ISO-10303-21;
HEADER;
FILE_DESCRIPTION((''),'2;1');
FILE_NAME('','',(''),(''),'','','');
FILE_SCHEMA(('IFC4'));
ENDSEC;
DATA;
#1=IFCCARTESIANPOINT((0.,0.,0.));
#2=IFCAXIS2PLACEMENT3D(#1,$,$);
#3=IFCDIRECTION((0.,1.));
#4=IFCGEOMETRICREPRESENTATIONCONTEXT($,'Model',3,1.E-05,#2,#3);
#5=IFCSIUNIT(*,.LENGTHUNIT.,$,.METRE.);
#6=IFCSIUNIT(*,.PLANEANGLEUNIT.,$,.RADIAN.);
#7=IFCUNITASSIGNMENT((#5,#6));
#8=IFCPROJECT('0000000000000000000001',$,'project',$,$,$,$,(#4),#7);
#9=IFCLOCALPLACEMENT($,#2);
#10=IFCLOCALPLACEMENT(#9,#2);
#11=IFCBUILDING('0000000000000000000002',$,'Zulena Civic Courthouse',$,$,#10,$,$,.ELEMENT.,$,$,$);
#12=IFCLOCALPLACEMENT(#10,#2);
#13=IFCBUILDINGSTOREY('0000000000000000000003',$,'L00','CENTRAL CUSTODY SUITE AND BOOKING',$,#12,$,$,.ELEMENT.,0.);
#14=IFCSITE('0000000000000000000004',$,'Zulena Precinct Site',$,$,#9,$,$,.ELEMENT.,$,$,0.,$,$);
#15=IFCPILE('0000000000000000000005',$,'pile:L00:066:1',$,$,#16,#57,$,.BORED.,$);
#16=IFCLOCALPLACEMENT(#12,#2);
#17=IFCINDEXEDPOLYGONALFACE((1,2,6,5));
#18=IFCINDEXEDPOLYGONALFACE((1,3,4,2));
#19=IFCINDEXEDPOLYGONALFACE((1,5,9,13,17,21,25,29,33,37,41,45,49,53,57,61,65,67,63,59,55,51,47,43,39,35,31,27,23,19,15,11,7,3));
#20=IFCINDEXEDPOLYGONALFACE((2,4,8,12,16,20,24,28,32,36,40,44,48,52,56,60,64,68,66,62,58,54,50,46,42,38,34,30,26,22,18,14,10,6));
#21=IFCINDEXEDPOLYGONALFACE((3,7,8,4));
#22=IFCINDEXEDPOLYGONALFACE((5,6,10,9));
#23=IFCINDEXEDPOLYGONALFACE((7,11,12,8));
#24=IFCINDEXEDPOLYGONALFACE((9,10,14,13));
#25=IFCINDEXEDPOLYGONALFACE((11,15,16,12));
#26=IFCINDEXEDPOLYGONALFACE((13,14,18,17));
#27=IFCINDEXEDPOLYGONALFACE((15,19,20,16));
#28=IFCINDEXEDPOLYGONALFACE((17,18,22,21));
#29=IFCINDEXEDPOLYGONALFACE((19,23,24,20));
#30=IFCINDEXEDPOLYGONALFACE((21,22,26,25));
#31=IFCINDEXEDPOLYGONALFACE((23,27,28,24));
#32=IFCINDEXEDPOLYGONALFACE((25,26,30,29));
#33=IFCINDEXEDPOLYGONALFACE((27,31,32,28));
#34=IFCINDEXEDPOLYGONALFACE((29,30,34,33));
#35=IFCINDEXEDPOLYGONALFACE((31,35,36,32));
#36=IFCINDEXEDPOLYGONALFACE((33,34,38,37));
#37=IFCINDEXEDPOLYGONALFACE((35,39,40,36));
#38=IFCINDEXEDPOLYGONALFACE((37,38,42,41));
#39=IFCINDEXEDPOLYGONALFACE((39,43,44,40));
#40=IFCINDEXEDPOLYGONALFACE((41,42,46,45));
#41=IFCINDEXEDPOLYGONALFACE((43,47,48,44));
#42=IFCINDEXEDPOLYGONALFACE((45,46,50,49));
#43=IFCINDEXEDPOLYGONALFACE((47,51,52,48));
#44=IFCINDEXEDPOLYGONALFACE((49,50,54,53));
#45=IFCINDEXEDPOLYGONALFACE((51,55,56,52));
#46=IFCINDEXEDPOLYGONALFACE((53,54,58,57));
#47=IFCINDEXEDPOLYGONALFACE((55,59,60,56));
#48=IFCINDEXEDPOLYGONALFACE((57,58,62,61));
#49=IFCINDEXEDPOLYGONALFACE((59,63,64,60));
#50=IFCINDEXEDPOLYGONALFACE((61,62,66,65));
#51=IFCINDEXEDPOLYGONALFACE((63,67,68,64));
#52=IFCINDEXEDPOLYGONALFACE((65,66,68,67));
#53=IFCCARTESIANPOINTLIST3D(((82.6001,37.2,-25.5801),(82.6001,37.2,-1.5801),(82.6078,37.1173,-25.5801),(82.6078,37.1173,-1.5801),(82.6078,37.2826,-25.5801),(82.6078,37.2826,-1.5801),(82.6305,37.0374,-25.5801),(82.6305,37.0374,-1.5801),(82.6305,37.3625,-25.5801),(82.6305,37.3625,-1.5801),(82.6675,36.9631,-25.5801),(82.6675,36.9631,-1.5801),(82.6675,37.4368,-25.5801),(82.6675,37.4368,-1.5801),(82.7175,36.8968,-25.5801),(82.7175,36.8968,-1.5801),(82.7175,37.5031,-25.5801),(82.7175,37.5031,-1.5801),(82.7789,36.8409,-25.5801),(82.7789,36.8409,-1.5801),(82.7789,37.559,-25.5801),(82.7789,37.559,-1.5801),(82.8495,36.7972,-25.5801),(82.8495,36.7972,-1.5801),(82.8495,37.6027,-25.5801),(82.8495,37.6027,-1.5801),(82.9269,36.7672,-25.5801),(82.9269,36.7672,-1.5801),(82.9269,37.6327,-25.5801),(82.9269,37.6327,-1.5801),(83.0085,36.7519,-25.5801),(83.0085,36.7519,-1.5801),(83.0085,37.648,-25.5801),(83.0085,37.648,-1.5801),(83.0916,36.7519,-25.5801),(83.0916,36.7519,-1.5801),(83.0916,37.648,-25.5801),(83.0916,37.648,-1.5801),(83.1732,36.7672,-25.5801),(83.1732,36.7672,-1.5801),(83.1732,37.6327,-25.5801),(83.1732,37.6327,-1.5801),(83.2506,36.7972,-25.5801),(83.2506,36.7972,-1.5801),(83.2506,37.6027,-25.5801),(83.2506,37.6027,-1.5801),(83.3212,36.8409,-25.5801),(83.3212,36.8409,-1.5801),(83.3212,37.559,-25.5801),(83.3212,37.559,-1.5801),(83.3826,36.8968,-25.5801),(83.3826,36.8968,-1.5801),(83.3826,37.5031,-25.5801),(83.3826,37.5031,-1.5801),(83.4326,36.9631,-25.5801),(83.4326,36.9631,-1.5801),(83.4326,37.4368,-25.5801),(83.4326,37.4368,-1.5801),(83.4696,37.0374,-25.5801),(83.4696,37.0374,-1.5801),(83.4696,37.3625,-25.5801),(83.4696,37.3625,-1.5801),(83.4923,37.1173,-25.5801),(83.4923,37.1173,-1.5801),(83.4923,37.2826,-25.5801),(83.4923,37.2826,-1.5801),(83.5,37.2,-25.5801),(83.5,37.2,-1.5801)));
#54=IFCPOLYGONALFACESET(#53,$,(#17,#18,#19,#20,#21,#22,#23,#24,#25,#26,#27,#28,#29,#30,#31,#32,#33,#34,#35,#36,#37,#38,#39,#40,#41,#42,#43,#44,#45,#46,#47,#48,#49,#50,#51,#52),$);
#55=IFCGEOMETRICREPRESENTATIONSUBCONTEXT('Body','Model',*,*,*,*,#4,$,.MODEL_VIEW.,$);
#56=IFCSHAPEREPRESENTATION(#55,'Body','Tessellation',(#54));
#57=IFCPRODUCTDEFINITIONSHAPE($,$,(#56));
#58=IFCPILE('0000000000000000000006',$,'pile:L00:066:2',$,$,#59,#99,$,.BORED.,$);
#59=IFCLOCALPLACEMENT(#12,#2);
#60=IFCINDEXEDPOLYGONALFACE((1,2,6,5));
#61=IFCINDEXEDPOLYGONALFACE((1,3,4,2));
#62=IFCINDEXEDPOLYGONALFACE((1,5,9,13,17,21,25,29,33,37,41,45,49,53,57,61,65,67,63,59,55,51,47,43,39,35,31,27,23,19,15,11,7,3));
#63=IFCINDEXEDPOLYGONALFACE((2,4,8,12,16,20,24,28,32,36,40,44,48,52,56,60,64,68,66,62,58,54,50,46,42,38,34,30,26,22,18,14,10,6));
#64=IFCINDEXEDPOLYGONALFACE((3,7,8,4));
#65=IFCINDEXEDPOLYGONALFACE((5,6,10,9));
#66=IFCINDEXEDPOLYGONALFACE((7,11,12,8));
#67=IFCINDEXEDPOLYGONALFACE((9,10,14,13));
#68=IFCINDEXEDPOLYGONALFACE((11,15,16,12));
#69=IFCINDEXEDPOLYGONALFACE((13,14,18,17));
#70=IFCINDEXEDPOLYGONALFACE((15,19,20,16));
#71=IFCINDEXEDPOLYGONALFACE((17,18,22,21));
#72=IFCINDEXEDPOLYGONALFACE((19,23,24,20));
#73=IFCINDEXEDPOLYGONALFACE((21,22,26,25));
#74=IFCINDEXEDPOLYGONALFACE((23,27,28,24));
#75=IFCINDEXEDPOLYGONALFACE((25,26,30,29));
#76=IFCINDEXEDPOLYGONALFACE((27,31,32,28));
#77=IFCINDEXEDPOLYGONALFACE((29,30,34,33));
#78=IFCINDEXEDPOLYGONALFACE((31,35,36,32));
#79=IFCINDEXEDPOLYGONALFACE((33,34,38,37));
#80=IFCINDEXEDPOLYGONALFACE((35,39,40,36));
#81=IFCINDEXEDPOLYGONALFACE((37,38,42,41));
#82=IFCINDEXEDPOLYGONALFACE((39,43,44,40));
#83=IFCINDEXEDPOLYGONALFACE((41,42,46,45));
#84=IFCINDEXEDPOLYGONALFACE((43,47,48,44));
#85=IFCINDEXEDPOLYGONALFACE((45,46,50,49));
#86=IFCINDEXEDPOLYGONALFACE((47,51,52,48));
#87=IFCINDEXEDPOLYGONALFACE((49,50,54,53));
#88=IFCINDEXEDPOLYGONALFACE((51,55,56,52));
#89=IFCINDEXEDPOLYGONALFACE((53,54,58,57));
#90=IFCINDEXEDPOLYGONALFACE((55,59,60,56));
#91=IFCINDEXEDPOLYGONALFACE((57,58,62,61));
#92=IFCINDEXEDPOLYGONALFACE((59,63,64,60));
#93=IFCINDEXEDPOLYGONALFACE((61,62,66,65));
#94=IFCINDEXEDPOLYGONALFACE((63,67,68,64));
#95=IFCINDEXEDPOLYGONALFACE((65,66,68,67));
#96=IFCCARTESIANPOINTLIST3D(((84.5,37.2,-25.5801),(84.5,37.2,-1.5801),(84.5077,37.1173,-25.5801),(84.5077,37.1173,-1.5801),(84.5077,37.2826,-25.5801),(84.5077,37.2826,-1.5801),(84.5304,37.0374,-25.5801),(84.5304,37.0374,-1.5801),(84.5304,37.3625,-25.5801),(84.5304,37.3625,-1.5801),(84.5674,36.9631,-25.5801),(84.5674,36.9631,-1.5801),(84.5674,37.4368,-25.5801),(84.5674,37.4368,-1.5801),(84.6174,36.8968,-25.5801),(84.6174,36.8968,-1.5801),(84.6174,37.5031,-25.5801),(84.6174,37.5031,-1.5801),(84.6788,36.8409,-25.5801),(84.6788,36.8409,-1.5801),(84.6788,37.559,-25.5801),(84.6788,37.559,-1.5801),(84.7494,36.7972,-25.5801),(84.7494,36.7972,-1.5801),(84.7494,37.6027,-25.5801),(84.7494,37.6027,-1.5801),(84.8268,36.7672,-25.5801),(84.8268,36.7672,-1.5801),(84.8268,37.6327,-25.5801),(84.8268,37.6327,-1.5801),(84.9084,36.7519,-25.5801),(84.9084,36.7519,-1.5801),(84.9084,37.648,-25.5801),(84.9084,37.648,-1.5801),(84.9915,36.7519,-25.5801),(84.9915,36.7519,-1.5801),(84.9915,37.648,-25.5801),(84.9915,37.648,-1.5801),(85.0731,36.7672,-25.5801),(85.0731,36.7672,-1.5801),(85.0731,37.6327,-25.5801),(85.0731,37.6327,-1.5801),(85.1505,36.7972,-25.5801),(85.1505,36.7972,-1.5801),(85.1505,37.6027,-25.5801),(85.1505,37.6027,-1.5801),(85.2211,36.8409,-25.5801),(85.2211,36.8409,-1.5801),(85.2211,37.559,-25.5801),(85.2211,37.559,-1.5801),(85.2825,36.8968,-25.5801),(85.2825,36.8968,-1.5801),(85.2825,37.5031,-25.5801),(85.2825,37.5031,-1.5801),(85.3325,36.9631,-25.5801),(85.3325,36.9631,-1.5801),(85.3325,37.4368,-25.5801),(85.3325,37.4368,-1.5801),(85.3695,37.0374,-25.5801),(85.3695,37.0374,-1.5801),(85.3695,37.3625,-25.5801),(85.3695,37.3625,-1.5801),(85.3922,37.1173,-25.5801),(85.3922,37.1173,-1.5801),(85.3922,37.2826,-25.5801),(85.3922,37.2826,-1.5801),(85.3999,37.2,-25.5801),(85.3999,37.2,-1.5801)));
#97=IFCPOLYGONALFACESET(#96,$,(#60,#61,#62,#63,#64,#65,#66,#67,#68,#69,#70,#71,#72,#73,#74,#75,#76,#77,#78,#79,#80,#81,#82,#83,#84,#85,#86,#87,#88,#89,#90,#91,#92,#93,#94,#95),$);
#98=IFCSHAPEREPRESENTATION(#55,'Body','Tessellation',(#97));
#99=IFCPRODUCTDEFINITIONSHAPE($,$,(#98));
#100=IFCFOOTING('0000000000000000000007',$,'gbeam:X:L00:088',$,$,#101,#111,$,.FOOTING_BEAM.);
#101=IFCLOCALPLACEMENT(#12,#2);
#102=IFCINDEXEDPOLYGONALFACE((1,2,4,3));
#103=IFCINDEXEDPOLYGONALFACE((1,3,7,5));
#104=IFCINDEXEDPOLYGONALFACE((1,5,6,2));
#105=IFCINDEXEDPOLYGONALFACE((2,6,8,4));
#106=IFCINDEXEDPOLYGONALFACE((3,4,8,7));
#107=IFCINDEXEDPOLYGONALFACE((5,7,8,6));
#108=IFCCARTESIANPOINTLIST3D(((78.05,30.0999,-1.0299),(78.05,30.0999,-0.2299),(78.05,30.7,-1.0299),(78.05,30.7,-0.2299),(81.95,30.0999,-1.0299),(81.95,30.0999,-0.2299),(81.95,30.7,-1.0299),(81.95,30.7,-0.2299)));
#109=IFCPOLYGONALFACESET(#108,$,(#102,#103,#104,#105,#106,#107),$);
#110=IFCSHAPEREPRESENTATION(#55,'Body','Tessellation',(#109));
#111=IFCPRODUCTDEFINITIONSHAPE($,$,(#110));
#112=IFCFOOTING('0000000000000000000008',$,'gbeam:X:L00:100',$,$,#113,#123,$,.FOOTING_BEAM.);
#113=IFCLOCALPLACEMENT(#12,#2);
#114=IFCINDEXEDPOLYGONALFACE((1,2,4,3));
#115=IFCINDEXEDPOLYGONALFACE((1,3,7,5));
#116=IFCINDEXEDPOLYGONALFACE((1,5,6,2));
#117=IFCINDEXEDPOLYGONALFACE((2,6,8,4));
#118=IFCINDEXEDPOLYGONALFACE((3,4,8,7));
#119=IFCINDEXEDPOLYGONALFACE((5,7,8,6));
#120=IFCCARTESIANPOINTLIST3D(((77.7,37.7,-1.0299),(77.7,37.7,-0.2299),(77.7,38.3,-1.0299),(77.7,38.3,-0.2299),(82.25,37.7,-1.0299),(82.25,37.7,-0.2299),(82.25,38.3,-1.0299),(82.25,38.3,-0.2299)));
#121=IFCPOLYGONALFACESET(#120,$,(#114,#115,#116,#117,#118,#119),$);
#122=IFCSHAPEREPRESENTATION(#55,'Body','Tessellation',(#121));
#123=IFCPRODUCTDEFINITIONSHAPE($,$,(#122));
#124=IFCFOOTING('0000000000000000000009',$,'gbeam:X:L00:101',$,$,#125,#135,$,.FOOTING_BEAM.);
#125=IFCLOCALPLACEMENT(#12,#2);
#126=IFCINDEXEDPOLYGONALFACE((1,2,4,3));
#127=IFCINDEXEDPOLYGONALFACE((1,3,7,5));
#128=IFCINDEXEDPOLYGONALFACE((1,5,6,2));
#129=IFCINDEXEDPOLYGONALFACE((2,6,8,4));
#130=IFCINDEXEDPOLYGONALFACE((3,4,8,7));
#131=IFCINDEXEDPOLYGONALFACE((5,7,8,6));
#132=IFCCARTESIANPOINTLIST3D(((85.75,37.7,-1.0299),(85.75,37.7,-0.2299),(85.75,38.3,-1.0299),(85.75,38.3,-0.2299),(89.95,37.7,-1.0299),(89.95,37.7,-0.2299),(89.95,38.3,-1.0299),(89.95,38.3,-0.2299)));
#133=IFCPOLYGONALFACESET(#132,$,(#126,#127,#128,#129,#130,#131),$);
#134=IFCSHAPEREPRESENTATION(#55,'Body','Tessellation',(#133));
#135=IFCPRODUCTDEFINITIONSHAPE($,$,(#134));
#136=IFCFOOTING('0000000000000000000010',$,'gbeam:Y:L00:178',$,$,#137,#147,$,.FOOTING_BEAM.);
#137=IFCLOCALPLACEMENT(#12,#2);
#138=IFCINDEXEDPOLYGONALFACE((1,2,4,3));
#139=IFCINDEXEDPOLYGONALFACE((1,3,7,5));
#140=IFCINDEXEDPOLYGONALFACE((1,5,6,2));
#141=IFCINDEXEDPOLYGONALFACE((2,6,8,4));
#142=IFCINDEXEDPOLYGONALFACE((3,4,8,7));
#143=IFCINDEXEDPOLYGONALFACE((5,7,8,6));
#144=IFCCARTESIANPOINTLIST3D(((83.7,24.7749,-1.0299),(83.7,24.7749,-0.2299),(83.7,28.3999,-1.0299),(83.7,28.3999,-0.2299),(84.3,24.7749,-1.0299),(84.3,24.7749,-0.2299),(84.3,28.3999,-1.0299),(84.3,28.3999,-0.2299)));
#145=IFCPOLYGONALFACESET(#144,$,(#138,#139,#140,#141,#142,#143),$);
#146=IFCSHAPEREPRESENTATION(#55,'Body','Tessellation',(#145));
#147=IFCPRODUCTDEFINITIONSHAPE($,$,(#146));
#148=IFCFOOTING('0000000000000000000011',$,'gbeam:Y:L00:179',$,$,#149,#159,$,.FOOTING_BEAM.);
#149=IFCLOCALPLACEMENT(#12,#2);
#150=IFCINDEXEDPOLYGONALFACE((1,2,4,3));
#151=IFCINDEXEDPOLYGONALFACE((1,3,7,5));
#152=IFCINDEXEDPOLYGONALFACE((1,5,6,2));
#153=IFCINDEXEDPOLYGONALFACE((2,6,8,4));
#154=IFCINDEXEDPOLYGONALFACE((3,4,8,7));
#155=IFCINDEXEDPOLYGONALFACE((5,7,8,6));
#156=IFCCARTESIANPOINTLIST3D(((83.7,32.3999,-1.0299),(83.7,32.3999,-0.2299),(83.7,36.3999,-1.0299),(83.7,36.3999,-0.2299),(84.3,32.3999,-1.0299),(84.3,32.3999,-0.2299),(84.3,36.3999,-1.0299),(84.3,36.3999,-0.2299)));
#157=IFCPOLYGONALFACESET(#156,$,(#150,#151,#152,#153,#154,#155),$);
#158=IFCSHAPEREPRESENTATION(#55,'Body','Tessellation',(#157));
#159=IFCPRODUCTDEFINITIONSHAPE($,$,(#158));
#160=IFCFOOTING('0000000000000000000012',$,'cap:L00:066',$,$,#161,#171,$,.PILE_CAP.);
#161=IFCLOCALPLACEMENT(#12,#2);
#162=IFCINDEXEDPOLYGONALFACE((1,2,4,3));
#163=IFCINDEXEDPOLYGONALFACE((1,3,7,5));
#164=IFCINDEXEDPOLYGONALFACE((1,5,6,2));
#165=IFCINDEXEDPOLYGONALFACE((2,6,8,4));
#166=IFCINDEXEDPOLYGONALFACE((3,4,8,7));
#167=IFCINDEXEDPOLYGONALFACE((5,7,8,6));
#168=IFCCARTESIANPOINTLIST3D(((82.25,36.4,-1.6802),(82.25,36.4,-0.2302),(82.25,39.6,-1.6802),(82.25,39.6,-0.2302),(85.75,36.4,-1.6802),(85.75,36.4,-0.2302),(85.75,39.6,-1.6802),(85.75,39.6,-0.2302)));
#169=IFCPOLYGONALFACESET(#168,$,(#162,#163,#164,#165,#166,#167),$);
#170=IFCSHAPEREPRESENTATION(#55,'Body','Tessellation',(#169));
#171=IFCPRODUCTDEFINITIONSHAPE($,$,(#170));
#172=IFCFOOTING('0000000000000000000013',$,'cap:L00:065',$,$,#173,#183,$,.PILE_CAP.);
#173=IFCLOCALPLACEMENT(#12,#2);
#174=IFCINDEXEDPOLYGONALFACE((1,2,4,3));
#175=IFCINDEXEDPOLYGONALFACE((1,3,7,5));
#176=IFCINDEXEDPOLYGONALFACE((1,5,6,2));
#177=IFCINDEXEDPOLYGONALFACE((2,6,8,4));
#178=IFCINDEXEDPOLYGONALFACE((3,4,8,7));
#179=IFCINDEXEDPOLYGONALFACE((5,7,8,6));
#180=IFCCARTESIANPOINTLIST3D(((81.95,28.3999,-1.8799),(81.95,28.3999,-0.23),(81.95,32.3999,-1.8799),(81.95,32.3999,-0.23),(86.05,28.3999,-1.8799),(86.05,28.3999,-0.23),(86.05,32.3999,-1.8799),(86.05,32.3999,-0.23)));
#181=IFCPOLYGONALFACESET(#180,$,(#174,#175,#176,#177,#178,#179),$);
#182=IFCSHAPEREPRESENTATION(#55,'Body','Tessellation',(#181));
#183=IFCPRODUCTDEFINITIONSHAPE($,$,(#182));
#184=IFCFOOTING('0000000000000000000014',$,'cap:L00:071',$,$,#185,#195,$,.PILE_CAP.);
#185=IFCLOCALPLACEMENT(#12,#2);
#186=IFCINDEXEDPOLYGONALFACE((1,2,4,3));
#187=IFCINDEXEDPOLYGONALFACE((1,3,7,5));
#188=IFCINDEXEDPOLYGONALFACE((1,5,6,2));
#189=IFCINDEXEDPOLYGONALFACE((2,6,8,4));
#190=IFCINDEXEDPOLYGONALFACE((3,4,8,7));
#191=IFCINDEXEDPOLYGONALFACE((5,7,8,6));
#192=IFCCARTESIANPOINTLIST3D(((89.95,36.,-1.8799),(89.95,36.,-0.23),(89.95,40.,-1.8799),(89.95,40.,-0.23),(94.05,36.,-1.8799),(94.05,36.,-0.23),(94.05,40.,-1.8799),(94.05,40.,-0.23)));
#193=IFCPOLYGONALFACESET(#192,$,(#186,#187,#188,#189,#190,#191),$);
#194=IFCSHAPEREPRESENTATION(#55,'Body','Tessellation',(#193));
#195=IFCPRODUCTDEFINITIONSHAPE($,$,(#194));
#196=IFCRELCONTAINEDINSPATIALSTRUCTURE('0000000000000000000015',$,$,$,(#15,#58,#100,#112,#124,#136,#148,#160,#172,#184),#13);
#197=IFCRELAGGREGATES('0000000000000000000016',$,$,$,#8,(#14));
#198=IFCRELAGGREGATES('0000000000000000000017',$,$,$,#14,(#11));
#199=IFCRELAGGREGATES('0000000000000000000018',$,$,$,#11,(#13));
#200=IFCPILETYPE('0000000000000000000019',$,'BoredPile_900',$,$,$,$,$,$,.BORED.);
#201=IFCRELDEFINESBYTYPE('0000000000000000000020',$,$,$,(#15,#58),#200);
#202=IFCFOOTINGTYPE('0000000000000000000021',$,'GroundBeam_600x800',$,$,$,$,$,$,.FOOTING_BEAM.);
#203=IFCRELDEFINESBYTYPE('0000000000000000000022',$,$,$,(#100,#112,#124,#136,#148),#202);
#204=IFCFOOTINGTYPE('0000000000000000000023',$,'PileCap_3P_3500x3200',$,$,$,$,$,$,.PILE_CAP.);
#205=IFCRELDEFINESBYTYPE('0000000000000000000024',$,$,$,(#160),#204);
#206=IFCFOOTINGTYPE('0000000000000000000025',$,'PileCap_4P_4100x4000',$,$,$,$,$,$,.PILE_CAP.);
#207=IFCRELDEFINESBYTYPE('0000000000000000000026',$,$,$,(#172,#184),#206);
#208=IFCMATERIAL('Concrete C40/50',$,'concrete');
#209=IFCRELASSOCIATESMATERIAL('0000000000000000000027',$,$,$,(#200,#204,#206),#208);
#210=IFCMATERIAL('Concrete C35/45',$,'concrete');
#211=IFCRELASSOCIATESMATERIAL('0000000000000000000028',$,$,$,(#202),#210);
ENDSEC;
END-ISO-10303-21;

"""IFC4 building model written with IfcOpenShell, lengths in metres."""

from ifc_helpers import new_model, si_unit, direction, frame, origin, origin_2d, place, context, subcontext, project, spatial, rectangle, circle, extrude, material, material_profile, profile_set, type_object, element, save


model = new_model("IFC4")

# Units and contexts
model_context = context("Model", 3, precision=1e-05, world=origin(), true_north=direction((0.0, 1.0)))
body_context = subcontext(model_context, "Body", "Model", "MODEL_VIEW")
ifc_project = project(units=[si_unit("LENGTHUNIT", "METRE"), si_unit("PLANEANGLEUNIT", "RADIAN")], contexts=[model_context])

# Site, building, storey
site_placement = place(None, origin())
site = spatial("IfcSite", under=ifc_project, at=site_placement, Name="Zulena Precinct Site", CompositionType="ELEMENT", RefElevation=0.0)
building_placement = place(site_placement, origin())
building = spatial("IfcBuilding", under=site, at=building_placement, Name="Zulena Civic Courthouse", CompositionType="ELEMENT")
storey_placement = place(building_placement, origin())
storey = spatial("IfcBuildingStorey", under=building, at=storey_placement, Name="L00", Description="CENTRAL CUSTODY SUITE AND BOOKING", CompositionType="ELEMENT", Elevation=0.0)

# Piles
ifc_material_1 = material(Name="Concrete C40/50", Category="concrete")
ifc_material_profile_1 = material_profile(ifc_material_1, circle(Radius=0.45, at=origin_2d()), Name="PILE900")
ifc_profile_set_1 = profile_set([ifc_material_profile_1], Name="Concrete C40/50")
pile_type_1 = type_object("IfcPileType", Name="BoredPile_900", PredefinedType="BORED", material=ifc_profile_set_1)
for number, where, z_axis, x_axis, name in (
    (1, (83.05, 37.2, -1.5801), (0.0, 0.0, -1.0), (1.0, 0.0, 0.0), "pile:L00:066:1"),
    (2, (84.95, 37.2, -1.5801), (0.0, 0.0, -1.0), (1.0, 0.0, 0.0), "pile:L00:066:2"),
):
    element("IfcPile", number, at=place(storey_placement, frame(where, z_axis=z_axis, x_axis=x_axis)), inside=storey, type_object=pile_type_1, Name=name, PredefinedType="BORED", context=body_context, shape_type="SweptSolid", body=[
        extrude(circle(Radius=0.45, at=origin_2d()), origin(), (0.0, 0.0, 1.0), 24.0),
    ])

# Footings
ifc_material_2 = material(Name="Concrete C35/45", Category="concrete")
ifc_material_profile_2 = material_profile(ifc_material_2, rectangle(XDim=0.6001, YDim=0.8, at=origin_2d()), Name="RC600X800")
ifc_profile_set_2 = profile_set([ifc_material_profile_2], Name="Concrete C35/45")
footing_type_1 = type_object("IfcFootingType", Name="GroundBeam_600x800", PredefinedType="FOOTING_BEAM", material=ifc_profile_set_2)
footing_1_placement = place(storey_placement, frame((78.05, 30.3999, -0.6299), z_axis=(1.0, 0.0, 0.0), x_axis=(0.0, 1.0, 0.0)))
element("IfcFooting", 3, at=footing_1_placement, inside=storey, type_object=footing_type_1, Name="gbeam:X:L00:088", PredefinedType="FOOTING_BEAM", context=body_context, shape_type="SweptSolid", body=[
    extrude(rectangle(XDim=0.6001, YDim=0.8, at=origin_2d()), origin(), (0.0, 0.0, 1.0), 3.8999),
])
footing_2_placement = place(storey_placement, frame((77.7, 38.0, -0.6299), z_axis=(1.0, 0.0, 0.0), x_axis=(0.0, 1.0, 0.0)))
element("IfcFooting", 4, at=footing_2_placement, inside=storey, type_object=footing_type_1, Name="gbeam:X:L00:100", PredefinedType="FOOTING_BEAM", context=body_context, shape_type="SweptSolid", body=[
    extrude(rectangle(XDim=0.6001, YDim=0.8, at=origin_2d()), origin(), (0.0, 0.0, 1.0), 4.55),
])
footing_3_placement = place(storey_placement, frame((85.75, 38.0, -0.6299), z_axis=(1.0, 0.0, 0.0), x_axis=(0.0, 1.0, 0.0)))
element("IfcFooting", 5, at=footing_3_placement, inside=storey, type_object=footing_type_1, Name="gbeam:X:L00:101", PredefinedType="FOOTING_BEAM", context=body_context, shape_type="SweptSolid", body=[
    extrude(rectangle(XDim=0.6001, YDim=0.8, at=origin_2d()), origin(), (0.0, 0.0, 1.0), 4.2),
])
footing_4_placement = place(storey_placement, frame((84.0, 24.7749, -0.6299), z_axis=(0.0, 1.0, 0.0), x_axis=(-1.0, 0.0, 0.0)))
element("IfcFooting", 6, at=footing_4_placement, inside=storey, type_object=footing_type_1, Name="gbeam:Y:L00:178", PredefinedType="FOOTING_BEAM", context=body_context, shape_type="SweptSolid", body=[
    extrude(rectangle(XDim=0.6001, YDim=0.8, at=origin_2d()), origin(), (0.0, 0.0, 1.0), 3.625),
])
footing_5_placement = place(storey_placement, frame((84.0, 32.3999, -0.6299), z_axis=(0.0, 1.0, 0.0), x_axis=(-1.0, 0.0, 0.0)))
element("IfcFooting", 7, at=footing_5_placement, inside=storey, type_object=footing_type_1, Name="gbeam:Y:L00:179", PredefinedType="FOOTING_BEAM", context=body_context, shape_type="SweptSolid", body=[
    extrude(rectangle(XDim=0.6001, YDim=0.8, at=origin_2d()), origin(), (0.0, 0.0, 1.0), 4.0),
])
footing_type_2 = type_object("IfcFootingType", Name="PileCap_3P_3500x3200", PredefinedType="PILE_CAP", material=ifc_material_1)
footing_6_placement = place(storey_placement, frame((84.0, 38.0, -1.6802), z_axis=(0.0, 0.0, 1.0), x_axis=(1.0, 0.0, 0.0)))
element("IfcFooting", 8, at=footing_6_placement, inside=storey, type_object=footing_type_2, Name="cap:L00:066", PredefinedType="PILE_CAP", context=body_context, shape_type="SweptSolid", body=[
    extrude(rectangle(XDim=3.5, YDim=3.2, at=origin_2d()), origin(), (0.0, 0.0, 1.0), 1.45),
])
footing_type_3 = type_object("IfcFootingType", Name="PileCap_4P_4100x4000", PredefinedType="PILE_CAP", material=ifc_material_1)
for number, where, z_axis, x_axis, name in (
    (9, (84.0, 30.3999, -1.8799), (0.0, 0.0, 1.0), (1.0, 0.0, 0.0), "cap:L00:065"),
    (10, (92.0, 38.0, -1.8799), (0.0, 0.0, 1.0), (1.0, 0.0, 0.0), "cap:L00:071"),
):
    element("IfcFooting", number, at=place(storey_placement, frame(where, z_axis=z_axis, x_axis=x_axis)), inside=storey, type_object=footing_type_3, Name=name, PredefinedType="PILE_CAP", context=body_context, shape_type="SweptSolid", body=[
        extrude(rectangle(XDim=4.1001, YDim=4.0, at=origin_2d()), origin(), (0.0, 0.0, 1.0), 1.6499),
    ])

save(model, "model.ifc")
